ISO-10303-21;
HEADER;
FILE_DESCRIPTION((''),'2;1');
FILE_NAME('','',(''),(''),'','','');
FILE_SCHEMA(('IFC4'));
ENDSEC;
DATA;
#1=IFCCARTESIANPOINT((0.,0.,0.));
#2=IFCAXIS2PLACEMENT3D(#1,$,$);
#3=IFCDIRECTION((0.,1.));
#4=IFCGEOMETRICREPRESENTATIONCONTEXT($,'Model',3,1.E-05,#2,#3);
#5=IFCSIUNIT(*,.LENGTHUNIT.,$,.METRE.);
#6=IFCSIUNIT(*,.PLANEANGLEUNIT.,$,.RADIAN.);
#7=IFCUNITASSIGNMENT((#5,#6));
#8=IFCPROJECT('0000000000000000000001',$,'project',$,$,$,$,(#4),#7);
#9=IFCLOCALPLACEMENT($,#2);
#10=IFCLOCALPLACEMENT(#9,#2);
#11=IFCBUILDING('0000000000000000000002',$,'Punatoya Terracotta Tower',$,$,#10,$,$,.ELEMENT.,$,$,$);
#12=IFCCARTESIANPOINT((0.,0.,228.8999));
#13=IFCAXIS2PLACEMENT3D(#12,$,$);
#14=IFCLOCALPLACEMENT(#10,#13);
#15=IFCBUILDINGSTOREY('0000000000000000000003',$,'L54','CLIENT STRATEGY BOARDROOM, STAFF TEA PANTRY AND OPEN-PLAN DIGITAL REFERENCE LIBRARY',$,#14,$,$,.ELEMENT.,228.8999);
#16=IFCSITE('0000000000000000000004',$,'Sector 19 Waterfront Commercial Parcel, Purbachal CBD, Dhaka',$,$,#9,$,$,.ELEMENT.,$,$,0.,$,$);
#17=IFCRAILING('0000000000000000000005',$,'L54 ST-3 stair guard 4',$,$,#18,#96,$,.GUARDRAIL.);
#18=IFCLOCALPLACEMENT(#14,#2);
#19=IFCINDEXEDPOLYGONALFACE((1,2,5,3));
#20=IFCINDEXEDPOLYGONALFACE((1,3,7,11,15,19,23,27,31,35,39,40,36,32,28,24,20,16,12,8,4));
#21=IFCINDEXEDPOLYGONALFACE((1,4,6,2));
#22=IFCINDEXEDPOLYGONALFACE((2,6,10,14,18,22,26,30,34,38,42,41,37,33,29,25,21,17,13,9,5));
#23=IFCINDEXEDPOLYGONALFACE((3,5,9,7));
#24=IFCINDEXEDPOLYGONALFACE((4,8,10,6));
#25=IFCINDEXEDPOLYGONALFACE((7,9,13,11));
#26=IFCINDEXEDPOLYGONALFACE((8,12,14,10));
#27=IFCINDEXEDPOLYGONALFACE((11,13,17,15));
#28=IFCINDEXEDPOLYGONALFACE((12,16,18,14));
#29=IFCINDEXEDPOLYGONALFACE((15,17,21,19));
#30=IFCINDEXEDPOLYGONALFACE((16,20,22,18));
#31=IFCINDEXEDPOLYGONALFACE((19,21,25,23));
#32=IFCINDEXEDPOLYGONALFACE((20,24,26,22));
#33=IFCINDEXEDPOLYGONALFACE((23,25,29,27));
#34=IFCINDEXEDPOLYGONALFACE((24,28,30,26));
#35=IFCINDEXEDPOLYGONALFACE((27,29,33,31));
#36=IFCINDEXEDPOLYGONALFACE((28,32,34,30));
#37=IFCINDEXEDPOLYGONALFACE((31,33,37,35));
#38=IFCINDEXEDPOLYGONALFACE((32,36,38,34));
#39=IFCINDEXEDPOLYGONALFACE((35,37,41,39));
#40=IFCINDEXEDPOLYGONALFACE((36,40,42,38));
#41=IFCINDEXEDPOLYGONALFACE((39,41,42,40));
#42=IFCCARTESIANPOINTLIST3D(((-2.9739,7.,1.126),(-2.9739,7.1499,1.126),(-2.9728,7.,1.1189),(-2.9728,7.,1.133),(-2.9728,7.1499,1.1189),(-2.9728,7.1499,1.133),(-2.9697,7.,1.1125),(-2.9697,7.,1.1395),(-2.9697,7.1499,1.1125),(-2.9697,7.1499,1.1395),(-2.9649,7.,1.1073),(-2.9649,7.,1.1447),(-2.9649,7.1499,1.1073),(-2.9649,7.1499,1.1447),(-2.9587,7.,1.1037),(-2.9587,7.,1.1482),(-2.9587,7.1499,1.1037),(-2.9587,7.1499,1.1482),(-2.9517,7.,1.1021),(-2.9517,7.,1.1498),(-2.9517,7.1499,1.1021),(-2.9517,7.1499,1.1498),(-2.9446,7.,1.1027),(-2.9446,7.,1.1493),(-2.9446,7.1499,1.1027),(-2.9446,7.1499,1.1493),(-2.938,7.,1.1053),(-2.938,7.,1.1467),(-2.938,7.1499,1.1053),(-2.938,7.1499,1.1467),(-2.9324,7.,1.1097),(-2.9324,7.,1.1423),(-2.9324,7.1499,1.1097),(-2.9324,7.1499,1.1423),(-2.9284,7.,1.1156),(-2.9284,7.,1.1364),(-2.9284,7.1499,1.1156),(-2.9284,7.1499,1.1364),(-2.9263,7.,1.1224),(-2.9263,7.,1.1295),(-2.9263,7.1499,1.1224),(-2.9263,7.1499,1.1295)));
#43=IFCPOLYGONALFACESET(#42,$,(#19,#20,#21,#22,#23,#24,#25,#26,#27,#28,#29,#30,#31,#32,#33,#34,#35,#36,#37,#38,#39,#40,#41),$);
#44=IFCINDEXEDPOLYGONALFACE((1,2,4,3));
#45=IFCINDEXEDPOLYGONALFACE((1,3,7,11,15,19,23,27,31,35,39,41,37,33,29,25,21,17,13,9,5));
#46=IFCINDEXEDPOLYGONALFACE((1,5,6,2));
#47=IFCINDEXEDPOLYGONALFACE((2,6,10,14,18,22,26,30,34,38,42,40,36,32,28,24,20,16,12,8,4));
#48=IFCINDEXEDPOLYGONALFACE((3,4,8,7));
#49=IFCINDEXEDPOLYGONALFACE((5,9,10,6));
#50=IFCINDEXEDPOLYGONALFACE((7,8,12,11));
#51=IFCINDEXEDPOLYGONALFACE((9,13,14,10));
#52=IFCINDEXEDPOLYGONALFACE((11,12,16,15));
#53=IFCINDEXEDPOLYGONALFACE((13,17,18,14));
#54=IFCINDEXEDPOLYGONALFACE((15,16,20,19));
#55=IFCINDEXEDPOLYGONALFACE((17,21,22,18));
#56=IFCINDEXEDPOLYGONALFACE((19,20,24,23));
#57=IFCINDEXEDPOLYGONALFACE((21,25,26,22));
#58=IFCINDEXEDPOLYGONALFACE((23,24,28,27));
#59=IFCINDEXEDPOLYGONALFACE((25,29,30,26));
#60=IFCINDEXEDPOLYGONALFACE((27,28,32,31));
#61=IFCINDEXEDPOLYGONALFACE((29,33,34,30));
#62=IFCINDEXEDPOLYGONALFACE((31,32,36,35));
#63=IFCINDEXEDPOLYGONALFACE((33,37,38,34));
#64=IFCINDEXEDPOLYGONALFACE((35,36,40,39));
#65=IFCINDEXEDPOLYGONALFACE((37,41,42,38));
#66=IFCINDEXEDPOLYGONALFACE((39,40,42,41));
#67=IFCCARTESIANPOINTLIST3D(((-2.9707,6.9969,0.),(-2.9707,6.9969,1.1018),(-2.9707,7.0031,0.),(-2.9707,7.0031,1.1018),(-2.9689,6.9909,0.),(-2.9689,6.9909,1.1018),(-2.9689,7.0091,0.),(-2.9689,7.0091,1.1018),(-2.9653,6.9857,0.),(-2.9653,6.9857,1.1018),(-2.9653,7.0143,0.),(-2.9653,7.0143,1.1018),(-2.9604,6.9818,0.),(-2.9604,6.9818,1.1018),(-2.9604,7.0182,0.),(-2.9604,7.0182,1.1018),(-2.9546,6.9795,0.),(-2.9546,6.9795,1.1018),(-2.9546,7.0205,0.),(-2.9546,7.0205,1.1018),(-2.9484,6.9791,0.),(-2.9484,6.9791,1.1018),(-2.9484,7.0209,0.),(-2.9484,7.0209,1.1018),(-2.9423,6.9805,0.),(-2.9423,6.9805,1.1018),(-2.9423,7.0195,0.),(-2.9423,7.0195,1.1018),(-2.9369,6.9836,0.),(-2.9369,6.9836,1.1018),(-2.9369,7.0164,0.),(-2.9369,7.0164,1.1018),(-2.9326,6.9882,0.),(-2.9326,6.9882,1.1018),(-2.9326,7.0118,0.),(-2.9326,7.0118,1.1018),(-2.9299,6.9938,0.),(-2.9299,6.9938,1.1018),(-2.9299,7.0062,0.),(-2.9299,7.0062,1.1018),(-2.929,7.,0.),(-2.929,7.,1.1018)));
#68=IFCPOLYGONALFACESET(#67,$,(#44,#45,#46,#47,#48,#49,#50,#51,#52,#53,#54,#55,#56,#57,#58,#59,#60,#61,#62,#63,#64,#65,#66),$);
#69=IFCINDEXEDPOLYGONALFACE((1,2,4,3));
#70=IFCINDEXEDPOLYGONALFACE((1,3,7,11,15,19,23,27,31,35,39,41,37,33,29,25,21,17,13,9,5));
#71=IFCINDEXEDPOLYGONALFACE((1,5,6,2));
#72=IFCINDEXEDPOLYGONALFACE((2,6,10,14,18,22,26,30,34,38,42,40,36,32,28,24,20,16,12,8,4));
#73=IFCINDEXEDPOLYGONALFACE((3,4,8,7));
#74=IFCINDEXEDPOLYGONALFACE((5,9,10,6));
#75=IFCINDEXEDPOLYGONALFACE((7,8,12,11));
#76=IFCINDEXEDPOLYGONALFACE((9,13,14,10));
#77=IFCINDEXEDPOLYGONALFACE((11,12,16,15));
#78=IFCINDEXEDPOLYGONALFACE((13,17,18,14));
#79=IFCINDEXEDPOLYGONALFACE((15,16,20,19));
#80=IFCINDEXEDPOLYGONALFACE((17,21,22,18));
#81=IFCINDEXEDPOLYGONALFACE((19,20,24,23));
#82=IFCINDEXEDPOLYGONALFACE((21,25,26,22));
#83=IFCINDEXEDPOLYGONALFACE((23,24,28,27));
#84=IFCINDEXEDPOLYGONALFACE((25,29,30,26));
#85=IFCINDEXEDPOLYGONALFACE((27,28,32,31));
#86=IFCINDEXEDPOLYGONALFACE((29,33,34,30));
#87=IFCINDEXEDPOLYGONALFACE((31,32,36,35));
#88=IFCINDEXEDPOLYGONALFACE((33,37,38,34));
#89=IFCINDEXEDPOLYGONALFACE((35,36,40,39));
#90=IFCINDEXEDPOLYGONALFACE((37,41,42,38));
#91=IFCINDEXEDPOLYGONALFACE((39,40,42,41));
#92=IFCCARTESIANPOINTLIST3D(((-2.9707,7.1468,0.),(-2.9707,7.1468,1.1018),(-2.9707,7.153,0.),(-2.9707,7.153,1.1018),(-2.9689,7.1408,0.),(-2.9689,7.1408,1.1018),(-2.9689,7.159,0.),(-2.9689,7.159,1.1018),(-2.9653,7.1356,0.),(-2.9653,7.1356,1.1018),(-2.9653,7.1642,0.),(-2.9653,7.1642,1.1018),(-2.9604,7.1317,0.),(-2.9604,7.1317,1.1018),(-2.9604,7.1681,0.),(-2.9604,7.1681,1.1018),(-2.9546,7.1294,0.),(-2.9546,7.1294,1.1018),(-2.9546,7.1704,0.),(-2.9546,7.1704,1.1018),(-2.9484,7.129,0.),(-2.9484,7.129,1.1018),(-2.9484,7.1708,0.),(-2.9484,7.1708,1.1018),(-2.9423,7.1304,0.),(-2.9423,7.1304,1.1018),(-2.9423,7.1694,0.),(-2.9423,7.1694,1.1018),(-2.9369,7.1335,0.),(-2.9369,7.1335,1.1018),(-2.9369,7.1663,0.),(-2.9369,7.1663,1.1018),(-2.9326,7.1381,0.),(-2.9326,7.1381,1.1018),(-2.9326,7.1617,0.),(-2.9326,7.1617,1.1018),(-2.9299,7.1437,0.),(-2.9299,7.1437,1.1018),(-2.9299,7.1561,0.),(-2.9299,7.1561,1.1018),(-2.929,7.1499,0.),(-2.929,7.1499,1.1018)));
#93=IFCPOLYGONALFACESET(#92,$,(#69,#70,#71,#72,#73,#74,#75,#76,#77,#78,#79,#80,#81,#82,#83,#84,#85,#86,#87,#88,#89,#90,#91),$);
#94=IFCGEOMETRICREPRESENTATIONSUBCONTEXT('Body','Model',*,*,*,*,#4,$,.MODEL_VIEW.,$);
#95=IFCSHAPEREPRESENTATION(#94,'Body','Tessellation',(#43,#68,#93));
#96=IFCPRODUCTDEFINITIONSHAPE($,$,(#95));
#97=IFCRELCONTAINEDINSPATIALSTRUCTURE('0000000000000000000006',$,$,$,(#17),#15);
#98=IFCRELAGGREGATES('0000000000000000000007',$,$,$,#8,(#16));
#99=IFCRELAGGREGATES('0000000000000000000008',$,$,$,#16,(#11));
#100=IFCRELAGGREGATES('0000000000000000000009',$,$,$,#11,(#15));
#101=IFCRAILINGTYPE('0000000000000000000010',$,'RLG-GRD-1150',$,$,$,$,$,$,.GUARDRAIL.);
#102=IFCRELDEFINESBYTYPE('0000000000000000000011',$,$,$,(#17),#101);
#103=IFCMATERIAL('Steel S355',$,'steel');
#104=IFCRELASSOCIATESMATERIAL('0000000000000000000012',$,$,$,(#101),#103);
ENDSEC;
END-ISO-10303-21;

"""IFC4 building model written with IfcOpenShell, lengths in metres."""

from ifc_helpers import new_model, si_unit, direction, frame, origin, origin_2d, place, context, subcontext, project, spatial, circle, extrude, material, type_object, element, save


model = new_model("IFC4")

# Units and contexts
model_context = context("Model", 3, precision=1e-05, world=origin(), true_north=direction((0.0, 1.0)))
body_context = subcontext(model_context, "Body", "Model", "MODEL_VIEW")
ifc_project = project(units=[si_unit("LENGTHUNIT", "METRE"), si_unit("PLANEANGLEUNIT", "RADIAN")], contexts=[model_context])

# Site, building, storey
site_placement = place(None, origin())
site = spatial("IfcSite", under=ifc_project, at=site_placement, Name="Sector 19 Waterfront Commercial Parcel, Purbachal CBD, Dhaka", CompositionType="ELEMENT", RefElevation=0.0)
building_placement = place(site_placement, origin())
building = spatial("IfcBuilding", under=site, at=building_placement, Name="Punatoya Terracotta Tower", CompositionType="ELEMENT")
storey_placement = place(building_placement, frame((0.0, 0.0, 228.8999)))
storey = spatial("IfcBuildingStorey", under=building, at=storey_placement, Name="L54", Description="CLIENT STRATEGY BOARDROOM, STAFF TEA PANTRY AND OPEN-PLAN DIGITAL REFERENCE LIBRARY", CompositionType="ELEMENT", Elevation=228.8999)

# Shared definitions
ifc_material_1 = material(Name="Steel S355", Category="steel")

# Railing
railing_type_1 = type_object("IfcRailingType", Name="RLG-GRD-1150", PredefinedType="GUARDRAIL", material=ifc_material_1)
railing_1_placement = place(storey_placement, frame((-2.95, 7.0, 0.0)))
element("IfcRailing", 1, at=railing_1_placement, inside=storey, type_object=railing_type_1, Name="L54 ST-3 stair guard 4", PredefinedType="GUARDRAIL", context=body_context, shape_type="SweptSolid", body=[
    extrude(circle(Radius=0.0239, at=origin_2d()), frame((0.0, 0.0, 1.126), z_axis=(0.0, 1.0, 0.0), x_axis=(-1.0, 0.0, 0.0)), (0.0, 0.0, 1.0), 0.1499),
    extrude(circle(Radius=0.021, at=origin_2d()), origin(), (0.0, 0.0, 1.0), 1.1018),
    extrude(circle(Radius=0.021, at=origin_2d()), frame((0.0, 0.1499, 0.0)), (0.0, 0.0, 1.0), 1.1018),
])

save(model, "model.ifc")
